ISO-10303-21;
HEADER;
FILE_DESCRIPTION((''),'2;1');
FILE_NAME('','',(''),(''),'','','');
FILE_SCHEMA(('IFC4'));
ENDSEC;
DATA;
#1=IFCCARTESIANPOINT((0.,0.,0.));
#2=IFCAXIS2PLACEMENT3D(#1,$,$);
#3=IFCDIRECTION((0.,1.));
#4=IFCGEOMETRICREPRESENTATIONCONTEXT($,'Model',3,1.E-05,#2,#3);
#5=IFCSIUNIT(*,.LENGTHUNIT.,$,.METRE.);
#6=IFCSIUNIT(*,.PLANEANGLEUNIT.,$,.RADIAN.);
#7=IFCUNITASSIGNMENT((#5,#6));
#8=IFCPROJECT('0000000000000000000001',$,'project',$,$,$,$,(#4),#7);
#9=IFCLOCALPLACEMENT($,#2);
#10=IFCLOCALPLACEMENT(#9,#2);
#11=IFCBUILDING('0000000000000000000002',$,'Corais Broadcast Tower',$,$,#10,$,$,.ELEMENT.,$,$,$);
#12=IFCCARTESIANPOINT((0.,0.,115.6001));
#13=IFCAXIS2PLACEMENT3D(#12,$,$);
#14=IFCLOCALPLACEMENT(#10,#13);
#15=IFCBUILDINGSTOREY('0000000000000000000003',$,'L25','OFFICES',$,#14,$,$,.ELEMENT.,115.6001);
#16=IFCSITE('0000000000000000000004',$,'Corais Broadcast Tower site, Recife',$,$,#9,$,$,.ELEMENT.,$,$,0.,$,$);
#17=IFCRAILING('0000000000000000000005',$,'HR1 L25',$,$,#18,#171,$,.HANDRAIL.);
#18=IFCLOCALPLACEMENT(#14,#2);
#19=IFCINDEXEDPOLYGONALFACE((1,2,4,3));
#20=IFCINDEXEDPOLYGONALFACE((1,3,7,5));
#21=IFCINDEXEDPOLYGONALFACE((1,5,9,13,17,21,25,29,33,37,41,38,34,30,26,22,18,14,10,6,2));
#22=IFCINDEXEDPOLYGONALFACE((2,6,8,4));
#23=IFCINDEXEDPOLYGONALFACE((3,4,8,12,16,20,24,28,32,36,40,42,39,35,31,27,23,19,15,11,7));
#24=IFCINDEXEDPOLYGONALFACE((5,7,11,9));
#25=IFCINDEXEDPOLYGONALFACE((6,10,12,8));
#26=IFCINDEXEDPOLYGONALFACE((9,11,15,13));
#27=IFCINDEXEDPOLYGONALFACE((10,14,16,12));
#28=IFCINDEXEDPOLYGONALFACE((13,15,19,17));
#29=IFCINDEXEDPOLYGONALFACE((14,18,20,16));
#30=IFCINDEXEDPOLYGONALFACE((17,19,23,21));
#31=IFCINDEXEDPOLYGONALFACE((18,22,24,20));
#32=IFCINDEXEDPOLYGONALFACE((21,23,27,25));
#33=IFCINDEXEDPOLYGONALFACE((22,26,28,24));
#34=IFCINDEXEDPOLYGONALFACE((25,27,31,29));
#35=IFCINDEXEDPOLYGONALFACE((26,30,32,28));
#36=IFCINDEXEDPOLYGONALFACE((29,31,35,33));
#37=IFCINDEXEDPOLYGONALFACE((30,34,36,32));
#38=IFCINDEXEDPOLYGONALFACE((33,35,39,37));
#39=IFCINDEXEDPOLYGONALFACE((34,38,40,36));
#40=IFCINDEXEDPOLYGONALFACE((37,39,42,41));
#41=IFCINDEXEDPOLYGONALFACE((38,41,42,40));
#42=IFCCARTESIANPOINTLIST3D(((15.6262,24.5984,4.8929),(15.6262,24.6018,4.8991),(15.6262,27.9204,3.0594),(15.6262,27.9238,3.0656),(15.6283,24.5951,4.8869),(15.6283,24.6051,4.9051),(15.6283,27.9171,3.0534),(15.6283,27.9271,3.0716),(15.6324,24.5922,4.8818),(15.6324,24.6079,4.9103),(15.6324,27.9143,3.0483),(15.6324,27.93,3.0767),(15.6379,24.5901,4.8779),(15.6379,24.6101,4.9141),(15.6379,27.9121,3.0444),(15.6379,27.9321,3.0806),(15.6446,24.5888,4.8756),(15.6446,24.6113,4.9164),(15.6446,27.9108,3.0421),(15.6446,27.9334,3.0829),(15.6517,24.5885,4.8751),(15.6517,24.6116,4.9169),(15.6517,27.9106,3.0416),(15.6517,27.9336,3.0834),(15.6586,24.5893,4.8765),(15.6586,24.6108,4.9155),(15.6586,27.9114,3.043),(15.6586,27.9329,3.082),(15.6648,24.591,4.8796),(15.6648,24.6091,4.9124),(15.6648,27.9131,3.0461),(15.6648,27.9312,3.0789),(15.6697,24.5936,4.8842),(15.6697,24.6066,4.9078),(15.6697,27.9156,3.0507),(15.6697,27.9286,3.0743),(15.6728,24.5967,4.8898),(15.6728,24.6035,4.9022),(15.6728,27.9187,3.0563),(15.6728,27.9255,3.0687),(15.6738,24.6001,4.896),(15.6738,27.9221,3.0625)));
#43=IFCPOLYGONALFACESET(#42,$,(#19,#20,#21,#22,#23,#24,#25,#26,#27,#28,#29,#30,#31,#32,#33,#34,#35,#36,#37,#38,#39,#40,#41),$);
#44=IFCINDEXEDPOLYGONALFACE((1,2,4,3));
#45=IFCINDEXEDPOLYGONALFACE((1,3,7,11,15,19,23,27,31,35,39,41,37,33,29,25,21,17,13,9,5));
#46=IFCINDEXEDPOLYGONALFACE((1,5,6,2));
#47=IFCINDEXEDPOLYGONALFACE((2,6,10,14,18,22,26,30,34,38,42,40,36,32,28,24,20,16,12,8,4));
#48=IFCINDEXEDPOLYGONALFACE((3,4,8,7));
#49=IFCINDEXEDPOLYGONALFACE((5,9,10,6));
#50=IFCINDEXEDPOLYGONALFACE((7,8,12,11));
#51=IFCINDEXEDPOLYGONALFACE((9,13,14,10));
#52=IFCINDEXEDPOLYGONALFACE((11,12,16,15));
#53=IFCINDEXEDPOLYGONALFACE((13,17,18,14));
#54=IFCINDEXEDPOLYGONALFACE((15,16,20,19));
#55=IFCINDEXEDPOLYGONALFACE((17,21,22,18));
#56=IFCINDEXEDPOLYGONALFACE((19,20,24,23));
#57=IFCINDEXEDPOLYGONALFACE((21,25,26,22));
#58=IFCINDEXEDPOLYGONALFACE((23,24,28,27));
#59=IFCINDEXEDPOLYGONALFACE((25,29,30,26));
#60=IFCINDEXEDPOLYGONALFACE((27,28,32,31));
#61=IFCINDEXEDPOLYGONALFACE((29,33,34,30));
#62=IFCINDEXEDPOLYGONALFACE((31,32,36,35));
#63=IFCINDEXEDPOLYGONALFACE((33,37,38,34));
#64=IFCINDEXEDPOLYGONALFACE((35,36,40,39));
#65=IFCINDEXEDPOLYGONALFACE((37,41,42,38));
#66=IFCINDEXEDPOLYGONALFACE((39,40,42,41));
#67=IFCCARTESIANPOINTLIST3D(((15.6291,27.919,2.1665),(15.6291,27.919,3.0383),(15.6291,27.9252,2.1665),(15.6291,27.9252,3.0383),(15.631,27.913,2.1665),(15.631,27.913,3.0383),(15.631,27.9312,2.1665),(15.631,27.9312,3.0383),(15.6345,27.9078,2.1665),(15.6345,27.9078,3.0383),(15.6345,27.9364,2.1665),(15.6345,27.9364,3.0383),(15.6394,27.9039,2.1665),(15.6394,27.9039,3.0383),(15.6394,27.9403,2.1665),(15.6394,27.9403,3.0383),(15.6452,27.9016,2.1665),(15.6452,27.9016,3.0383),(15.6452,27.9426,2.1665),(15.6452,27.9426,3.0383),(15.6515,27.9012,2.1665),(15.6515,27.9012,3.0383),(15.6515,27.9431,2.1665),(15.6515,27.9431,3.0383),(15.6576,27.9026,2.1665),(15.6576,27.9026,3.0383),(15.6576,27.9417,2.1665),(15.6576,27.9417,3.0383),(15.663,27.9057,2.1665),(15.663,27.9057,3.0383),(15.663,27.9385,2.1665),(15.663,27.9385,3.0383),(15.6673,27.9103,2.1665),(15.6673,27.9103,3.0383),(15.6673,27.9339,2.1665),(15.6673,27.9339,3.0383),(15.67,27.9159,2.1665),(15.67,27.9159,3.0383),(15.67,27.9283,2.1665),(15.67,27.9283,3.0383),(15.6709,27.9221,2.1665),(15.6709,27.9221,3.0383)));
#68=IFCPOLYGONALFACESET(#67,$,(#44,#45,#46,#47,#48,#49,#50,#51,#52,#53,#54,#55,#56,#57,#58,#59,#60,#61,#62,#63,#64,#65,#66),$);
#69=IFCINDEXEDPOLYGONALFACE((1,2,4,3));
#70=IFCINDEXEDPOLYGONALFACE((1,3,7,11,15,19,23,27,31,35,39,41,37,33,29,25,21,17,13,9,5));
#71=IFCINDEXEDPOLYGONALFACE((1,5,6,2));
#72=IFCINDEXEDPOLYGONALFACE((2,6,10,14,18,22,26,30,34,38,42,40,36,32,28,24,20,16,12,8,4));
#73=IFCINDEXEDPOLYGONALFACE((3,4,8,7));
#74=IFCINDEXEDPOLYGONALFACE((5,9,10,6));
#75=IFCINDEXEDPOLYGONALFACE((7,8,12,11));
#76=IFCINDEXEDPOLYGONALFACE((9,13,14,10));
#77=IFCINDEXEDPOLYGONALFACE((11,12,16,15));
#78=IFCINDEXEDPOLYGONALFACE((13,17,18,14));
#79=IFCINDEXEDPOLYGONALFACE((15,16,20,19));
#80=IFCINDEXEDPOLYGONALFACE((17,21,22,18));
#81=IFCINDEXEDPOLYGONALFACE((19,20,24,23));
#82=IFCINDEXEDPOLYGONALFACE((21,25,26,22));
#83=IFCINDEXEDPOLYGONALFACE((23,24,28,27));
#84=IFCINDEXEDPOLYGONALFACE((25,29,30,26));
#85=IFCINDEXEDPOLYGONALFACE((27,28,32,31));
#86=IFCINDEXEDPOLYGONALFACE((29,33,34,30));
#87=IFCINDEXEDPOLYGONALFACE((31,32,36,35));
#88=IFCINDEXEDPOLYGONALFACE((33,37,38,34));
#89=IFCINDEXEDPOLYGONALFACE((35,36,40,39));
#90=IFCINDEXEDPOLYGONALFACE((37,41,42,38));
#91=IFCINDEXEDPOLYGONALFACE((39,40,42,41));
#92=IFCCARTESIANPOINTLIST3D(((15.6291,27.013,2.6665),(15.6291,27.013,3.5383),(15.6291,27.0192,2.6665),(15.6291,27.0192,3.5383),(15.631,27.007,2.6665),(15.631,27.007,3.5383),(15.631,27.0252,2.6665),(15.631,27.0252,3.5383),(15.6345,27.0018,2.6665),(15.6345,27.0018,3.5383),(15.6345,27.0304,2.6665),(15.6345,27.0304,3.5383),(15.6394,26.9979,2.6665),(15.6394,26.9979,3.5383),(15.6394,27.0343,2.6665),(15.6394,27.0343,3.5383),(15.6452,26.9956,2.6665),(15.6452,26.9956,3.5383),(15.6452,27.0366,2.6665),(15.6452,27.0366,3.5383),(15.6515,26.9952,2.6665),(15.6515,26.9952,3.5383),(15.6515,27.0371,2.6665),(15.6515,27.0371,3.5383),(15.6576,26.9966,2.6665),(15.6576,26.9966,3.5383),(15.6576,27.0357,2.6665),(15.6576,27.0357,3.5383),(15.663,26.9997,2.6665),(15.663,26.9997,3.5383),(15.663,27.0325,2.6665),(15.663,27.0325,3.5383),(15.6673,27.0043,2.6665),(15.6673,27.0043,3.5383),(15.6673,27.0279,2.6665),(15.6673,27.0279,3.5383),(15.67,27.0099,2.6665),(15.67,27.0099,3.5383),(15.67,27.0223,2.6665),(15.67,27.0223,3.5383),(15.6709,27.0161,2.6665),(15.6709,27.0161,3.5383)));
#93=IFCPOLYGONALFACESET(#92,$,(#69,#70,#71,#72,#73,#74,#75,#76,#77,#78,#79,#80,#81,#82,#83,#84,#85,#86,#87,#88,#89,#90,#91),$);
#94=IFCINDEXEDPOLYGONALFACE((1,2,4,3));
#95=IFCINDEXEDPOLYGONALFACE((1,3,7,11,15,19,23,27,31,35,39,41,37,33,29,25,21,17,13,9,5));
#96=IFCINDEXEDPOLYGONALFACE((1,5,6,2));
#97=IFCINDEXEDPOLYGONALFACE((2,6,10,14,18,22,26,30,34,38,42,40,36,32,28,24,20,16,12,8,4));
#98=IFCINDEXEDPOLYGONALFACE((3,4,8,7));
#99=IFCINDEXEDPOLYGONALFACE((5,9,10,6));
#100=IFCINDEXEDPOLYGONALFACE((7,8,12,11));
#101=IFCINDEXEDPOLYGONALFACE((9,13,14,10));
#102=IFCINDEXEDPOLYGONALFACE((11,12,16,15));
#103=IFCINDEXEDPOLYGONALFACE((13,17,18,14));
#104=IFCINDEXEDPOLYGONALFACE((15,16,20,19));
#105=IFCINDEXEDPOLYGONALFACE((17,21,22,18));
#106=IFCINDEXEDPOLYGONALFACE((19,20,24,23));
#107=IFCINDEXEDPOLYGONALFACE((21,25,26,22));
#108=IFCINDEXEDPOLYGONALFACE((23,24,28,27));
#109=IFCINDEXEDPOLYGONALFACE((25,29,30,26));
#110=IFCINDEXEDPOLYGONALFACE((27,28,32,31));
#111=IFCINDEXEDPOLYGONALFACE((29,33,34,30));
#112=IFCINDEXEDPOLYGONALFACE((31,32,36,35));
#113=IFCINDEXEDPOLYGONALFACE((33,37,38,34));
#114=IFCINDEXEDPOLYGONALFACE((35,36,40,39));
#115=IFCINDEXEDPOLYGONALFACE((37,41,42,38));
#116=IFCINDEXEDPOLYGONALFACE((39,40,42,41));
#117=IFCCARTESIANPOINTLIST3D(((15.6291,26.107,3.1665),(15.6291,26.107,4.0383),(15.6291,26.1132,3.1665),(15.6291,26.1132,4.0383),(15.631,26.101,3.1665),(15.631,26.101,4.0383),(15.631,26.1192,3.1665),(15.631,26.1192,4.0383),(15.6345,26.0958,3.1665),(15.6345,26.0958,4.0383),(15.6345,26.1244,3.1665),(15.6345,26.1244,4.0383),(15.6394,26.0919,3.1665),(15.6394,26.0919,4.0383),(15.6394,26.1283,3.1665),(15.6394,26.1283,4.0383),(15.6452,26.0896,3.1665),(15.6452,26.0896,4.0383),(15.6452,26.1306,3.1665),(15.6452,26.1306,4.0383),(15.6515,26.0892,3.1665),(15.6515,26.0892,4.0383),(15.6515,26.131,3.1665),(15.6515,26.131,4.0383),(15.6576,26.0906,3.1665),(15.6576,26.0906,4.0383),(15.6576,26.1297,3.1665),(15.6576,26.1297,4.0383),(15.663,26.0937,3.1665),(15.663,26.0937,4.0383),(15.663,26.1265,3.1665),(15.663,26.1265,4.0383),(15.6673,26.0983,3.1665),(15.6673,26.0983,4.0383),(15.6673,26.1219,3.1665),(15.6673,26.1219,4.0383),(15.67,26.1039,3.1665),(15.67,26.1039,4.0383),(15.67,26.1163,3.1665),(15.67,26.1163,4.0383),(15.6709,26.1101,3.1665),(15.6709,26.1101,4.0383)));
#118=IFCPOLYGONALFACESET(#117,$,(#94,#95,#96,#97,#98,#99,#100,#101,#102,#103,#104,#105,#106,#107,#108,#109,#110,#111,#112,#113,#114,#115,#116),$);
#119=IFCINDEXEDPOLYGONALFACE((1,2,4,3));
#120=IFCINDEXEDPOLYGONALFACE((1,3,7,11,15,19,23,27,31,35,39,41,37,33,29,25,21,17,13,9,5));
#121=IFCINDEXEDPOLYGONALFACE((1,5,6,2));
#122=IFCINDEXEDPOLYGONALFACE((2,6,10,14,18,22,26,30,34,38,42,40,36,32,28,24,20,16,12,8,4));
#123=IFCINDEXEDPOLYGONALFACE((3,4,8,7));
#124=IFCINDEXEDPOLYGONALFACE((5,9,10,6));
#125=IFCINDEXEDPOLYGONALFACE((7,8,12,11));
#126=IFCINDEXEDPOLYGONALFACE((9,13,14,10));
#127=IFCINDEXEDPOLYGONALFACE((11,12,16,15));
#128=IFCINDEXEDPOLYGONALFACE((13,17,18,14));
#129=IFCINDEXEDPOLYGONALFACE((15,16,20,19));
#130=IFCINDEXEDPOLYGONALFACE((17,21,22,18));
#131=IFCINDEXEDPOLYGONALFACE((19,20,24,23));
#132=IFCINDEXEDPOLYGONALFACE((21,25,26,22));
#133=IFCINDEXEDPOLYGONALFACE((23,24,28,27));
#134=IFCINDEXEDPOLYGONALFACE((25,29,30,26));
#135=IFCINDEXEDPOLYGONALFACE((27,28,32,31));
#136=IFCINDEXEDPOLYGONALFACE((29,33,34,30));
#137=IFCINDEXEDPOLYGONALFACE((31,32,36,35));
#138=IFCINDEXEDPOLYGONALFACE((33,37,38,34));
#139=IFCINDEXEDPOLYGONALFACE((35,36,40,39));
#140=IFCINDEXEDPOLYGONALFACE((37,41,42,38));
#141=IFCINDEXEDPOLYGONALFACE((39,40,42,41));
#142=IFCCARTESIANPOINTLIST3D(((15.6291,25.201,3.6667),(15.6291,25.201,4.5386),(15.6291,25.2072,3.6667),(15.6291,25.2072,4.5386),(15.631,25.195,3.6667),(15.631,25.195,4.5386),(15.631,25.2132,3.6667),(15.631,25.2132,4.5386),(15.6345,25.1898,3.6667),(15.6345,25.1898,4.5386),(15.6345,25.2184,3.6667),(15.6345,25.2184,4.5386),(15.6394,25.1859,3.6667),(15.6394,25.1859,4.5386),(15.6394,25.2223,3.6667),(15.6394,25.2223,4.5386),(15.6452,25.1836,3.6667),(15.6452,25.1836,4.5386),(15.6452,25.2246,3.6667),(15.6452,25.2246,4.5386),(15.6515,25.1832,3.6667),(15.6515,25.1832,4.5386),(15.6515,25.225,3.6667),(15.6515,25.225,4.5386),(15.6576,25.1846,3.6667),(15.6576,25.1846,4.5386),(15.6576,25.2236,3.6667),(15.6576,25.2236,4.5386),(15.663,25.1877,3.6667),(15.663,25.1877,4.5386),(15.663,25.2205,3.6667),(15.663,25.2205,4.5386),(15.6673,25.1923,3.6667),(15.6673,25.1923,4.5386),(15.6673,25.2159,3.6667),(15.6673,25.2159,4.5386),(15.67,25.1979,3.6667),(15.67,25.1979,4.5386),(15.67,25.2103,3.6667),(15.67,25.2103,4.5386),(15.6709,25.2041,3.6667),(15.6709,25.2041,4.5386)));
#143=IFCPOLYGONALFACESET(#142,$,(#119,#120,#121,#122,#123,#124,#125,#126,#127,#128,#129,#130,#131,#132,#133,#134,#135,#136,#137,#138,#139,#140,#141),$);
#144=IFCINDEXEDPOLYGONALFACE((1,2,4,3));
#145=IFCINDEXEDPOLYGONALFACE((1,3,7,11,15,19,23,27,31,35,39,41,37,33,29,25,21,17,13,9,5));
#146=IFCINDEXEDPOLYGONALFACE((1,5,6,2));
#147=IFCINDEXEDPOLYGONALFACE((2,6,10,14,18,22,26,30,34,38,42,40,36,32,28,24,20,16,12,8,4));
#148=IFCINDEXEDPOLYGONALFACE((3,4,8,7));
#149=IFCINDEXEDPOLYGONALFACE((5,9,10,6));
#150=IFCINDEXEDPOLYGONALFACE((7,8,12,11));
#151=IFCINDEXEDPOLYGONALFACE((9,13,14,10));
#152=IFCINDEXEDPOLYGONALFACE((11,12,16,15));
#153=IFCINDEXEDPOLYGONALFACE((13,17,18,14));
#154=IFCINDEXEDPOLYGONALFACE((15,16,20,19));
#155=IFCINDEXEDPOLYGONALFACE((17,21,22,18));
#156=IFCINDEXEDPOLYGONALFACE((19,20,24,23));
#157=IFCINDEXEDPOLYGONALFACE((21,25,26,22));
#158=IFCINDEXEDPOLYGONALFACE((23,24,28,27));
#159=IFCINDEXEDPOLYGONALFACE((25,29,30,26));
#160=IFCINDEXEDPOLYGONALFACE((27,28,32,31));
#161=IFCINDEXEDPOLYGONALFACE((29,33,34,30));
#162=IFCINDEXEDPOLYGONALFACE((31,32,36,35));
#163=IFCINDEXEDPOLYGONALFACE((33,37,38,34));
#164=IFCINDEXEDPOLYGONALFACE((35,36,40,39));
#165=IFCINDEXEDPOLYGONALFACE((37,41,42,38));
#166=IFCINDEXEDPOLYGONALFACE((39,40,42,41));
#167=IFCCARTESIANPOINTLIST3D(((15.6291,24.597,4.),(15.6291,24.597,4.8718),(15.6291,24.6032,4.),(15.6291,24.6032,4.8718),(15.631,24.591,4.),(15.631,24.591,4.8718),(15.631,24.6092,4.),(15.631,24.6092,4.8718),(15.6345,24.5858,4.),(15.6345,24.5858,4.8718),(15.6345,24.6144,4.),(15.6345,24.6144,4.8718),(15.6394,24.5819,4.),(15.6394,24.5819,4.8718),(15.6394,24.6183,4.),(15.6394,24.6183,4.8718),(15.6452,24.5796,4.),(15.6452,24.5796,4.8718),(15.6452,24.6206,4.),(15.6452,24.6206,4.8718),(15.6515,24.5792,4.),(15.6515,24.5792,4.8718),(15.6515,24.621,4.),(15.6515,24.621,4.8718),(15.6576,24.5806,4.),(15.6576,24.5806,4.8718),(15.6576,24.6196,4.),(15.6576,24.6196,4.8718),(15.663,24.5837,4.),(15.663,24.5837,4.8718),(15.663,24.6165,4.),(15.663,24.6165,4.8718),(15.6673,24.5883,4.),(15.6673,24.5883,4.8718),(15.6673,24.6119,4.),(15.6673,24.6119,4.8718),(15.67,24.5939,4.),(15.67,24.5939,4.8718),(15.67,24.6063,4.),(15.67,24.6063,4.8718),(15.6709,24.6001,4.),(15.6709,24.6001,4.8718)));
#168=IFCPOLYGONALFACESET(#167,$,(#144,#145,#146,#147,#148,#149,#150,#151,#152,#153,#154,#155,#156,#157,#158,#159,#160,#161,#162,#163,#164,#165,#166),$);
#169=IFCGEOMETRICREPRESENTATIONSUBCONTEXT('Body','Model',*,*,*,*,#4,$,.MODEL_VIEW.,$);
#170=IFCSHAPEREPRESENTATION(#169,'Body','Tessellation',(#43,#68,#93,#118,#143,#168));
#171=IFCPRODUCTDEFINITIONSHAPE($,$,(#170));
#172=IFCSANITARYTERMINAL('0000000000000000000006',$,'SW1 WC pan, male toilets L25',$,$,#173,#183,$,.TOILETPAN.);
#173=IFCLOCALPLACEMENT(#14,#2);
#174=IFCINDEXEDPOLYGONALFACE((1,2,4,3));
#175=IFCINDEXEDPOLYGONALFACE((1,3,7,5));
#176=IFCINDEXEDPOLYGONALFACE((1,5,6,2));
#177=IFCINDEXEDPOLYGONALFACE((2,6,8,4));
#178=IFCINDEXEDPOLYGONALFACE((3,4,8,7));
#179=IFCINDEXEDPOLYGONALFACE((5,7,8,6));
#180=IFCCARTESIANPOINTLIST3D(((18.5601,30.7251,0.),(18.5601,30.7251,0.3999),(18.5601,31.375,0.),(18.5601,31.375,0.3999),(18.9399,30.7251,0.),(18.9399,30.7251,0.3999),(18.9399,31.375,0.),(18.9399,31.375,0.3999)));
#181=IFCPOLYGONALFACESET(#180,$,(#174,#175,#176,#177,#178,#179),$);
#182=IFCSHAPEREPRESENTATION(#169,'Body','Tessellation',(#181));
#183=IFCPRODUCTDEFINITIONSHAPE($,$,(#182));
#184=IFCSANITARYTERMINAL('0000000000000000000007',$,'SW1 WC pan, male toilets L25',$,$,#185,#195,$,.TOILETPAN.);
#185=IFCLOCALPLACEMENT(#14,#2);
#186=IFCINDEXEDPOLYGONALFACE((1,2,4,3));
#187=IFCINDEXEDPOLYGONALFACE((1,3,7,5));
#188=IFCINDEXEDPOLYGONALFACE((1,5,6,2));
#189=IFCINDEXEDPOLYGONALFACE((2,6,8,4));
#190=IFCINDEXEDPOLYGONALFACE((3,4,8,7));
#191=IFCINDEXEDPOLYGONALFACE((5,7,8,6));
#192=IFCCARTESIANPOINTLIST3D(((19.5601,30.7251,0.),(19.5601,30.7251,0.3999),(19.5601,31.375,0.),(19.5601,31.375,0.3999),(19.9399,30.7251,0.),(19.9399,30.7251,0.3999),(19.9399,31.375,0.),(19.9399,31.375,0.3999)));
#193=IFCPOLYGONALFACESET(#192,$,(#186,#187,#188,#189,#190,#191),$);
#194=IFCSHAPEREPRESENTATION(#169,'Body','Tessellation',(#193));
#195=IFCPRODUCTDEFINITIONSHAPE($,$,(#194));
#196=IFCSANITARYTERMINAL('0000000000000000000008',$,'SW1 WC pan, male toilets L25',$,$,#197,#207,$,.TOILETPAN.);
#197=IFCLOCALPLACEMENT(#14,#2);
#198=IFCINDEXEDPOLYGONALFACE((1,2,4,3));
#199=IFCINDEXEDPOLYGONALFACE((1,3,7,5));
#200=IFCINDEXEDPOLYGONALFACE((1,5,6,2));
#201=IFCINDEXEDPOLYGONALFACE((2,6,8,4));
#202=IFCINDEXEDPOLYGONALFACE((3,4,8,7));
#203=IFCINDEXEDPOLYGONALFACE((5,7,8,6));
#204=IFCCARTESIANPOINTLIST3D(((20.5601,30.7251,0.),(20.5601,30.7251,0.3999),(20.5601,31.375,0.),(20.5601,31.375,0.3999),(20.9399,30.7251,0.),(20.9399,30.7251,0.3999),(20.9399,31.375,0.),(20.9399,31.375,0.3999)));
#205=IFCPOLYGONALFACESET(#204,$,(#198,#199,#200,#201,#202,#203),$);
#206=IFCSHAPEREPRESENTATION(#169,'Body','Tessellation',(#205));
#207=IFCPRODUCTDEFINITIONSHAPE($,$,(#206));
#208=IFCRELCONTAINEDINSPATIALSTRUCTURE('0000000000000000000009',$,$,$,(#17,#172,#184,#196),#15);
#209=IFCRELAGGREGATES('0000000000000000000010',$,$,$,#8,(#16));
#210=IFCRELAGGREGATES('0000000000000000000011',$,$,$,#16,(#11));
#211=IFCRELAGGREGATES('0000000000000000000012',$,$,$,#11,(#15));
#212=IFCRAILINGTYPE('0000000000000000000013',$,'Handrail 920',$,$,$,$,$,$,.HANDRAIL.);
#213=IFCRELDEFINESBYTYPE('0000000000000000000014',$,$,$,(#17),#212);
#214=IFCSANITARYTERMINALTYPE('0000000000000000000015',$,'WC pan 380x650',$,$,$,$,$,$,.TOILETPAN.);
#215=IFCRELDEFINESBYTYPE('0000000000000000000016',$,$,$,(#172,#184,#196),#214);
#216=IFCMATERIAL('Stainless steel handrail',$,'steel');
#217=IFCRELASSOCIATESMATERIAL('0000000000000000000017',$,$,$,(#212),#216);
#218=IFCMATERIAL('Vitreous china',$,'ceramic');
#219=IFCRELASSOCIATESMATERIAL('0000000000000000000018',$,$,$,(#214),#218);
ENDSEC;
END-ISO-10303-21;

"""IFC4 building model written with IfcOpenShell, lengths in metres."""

from ifc_helpers import new_model, si_unit, direction, frame, origin, origin_2d, place, context, subcontext, project, spatial, rectangle, circle, extrude, material, type_object, element, save


model = new_model("IFC4")

# Units and contexts
model_context = context("Model", 3, precision=1e-05, world=origin(), true_north=direction((0.0, 1.0)))
body_context = subcontext(model_context, "Body", "Model", "MODEL_VIEW")
ifc_project = project(units=[si_unit("LENGTHUNIT", "METRE"), si_unit("PLANEANGLEUNIT", "RADIAN")], contexts=[model_context])

# Site, building, storey
site_placement = place(None, origin())
site = spatial("IfcSite", under=ifc_project, at=site_placement, Name="Corais Broadcast Tower site, Recife", CompositionType="ELEMENT", RefElevation=0.0)
building_placement = place(site_placement, origin())
building = spatial("IfcBuilding", under=site, at=building_placement, Name="Corais Broadcast Tower", CompositionType="ELEMENT")
storey_placement = place(building_placement, frame((0.0, 0.0, 115.6001)))
storey = spatial("IfcBuildingStorey", under=building, at=storey_placement, Name="L25", Description="OFFICES", CompositionType="ELEMENT", Elevation=115.6001)

# Railing
ifc_material_1 = material(Name="Stainless steel handrail", Category="steel")
railing_type = type_object("IfcRailingType", Name="Handrail 920", PredefinedType="HANDRAIL", material=ifc_material_1)
for number, where, name in (
    (1, (15.6499, 27.9221, 2.1665), "HR1 L25"),
):
    element("IfcRailing", number, at=place(storey_placement, frame(where)), inside=storey, type_object=railing_type, Name=name, PredefinedType="HANDRAIL", context=body_context, shape_type="SweptSolid", body=[
        extrude(circle(Radius=0.0239, at=origin_2d()), frame((0.0, 0.0, 0.896), z_axis=(0.0, -0.875504, 0.48321), x_axis=(1.0, 0.0, 0.0)), (0.0, 0.0, 1.0), 3.7944),
        extrude(circle(Radius=0.021, at=origin_2d()), origin(), (0.0, 0.0, 1.0), 0.8718),
        extrude(circle(Radius=0.021, at=origin_2d()), frame((0.0, -0.906, 0.5)), (0.0, 0.0, 1.0), 0.8718),
        extrude(circle(Radius=0.021, at=origin_2d()), frame((0.0, -1.812, 1.0)), (0.0, 0.0, 1.0), 0.8718),
        extrude(circle(Radius=0.021, at=origin_2d()), frame((0.0, -2.718, 1.5002)), (0.0, 0.0, 1.0), 0.8718),
        extrude(circle(Radius=0.021, at=origin_2d()), frame((0.0, -3.322, 1.8335)), (0.0, 0.0, 1.0), 0.8718),
    ])

# Sanitary terminals
ifc_material_2 = material(Name="Vitreous china", Category="ceramic")
sanitary_terminal_type_1 = type_object("IfcSanitaryTerminalType", Name="WC pan 380x650", PredefinedType="TOILETPAN", material=ifc_material_2)
for number, where, z_axis, x_axis, name in (
    (2, (18.75, 31.05, 0.0), (0.0, 0.0, 1.0), (1.0, 0.0, 0.0), "SW1 WC pan, male toilets L25"),
    (3, (19.75, 31.05, 0.0), (0.0, 0.0, 1.0), (1.0, 0.0, 0.0), "SW1 WC pan, male toilets L25"),
    (4, (20.75, 31.05, 0.0), (0.0, 0.0, 1.0), (1.0, 0.0, 0.0), "SW1 WC pan, male toilets L25"),
):
    element("IfcSanitaryTerminal", number, at=place(storey_placement, frame(where, z_axis=z_axis, x_axis=x_axis)), inside=storey, type_object=sanitary_terminal_type_1, Name=name, PredefinedType="TOILETPAN", context=body_context, shape_type="SweptSolid", body=[
        extrude(rectangle(XDim=0.3799, YDim=0.6499, at=origin_2d()), origin(), (0.0, 0.0, 1.0), 0.3999),
    ])

save(model, "model.ifc")
